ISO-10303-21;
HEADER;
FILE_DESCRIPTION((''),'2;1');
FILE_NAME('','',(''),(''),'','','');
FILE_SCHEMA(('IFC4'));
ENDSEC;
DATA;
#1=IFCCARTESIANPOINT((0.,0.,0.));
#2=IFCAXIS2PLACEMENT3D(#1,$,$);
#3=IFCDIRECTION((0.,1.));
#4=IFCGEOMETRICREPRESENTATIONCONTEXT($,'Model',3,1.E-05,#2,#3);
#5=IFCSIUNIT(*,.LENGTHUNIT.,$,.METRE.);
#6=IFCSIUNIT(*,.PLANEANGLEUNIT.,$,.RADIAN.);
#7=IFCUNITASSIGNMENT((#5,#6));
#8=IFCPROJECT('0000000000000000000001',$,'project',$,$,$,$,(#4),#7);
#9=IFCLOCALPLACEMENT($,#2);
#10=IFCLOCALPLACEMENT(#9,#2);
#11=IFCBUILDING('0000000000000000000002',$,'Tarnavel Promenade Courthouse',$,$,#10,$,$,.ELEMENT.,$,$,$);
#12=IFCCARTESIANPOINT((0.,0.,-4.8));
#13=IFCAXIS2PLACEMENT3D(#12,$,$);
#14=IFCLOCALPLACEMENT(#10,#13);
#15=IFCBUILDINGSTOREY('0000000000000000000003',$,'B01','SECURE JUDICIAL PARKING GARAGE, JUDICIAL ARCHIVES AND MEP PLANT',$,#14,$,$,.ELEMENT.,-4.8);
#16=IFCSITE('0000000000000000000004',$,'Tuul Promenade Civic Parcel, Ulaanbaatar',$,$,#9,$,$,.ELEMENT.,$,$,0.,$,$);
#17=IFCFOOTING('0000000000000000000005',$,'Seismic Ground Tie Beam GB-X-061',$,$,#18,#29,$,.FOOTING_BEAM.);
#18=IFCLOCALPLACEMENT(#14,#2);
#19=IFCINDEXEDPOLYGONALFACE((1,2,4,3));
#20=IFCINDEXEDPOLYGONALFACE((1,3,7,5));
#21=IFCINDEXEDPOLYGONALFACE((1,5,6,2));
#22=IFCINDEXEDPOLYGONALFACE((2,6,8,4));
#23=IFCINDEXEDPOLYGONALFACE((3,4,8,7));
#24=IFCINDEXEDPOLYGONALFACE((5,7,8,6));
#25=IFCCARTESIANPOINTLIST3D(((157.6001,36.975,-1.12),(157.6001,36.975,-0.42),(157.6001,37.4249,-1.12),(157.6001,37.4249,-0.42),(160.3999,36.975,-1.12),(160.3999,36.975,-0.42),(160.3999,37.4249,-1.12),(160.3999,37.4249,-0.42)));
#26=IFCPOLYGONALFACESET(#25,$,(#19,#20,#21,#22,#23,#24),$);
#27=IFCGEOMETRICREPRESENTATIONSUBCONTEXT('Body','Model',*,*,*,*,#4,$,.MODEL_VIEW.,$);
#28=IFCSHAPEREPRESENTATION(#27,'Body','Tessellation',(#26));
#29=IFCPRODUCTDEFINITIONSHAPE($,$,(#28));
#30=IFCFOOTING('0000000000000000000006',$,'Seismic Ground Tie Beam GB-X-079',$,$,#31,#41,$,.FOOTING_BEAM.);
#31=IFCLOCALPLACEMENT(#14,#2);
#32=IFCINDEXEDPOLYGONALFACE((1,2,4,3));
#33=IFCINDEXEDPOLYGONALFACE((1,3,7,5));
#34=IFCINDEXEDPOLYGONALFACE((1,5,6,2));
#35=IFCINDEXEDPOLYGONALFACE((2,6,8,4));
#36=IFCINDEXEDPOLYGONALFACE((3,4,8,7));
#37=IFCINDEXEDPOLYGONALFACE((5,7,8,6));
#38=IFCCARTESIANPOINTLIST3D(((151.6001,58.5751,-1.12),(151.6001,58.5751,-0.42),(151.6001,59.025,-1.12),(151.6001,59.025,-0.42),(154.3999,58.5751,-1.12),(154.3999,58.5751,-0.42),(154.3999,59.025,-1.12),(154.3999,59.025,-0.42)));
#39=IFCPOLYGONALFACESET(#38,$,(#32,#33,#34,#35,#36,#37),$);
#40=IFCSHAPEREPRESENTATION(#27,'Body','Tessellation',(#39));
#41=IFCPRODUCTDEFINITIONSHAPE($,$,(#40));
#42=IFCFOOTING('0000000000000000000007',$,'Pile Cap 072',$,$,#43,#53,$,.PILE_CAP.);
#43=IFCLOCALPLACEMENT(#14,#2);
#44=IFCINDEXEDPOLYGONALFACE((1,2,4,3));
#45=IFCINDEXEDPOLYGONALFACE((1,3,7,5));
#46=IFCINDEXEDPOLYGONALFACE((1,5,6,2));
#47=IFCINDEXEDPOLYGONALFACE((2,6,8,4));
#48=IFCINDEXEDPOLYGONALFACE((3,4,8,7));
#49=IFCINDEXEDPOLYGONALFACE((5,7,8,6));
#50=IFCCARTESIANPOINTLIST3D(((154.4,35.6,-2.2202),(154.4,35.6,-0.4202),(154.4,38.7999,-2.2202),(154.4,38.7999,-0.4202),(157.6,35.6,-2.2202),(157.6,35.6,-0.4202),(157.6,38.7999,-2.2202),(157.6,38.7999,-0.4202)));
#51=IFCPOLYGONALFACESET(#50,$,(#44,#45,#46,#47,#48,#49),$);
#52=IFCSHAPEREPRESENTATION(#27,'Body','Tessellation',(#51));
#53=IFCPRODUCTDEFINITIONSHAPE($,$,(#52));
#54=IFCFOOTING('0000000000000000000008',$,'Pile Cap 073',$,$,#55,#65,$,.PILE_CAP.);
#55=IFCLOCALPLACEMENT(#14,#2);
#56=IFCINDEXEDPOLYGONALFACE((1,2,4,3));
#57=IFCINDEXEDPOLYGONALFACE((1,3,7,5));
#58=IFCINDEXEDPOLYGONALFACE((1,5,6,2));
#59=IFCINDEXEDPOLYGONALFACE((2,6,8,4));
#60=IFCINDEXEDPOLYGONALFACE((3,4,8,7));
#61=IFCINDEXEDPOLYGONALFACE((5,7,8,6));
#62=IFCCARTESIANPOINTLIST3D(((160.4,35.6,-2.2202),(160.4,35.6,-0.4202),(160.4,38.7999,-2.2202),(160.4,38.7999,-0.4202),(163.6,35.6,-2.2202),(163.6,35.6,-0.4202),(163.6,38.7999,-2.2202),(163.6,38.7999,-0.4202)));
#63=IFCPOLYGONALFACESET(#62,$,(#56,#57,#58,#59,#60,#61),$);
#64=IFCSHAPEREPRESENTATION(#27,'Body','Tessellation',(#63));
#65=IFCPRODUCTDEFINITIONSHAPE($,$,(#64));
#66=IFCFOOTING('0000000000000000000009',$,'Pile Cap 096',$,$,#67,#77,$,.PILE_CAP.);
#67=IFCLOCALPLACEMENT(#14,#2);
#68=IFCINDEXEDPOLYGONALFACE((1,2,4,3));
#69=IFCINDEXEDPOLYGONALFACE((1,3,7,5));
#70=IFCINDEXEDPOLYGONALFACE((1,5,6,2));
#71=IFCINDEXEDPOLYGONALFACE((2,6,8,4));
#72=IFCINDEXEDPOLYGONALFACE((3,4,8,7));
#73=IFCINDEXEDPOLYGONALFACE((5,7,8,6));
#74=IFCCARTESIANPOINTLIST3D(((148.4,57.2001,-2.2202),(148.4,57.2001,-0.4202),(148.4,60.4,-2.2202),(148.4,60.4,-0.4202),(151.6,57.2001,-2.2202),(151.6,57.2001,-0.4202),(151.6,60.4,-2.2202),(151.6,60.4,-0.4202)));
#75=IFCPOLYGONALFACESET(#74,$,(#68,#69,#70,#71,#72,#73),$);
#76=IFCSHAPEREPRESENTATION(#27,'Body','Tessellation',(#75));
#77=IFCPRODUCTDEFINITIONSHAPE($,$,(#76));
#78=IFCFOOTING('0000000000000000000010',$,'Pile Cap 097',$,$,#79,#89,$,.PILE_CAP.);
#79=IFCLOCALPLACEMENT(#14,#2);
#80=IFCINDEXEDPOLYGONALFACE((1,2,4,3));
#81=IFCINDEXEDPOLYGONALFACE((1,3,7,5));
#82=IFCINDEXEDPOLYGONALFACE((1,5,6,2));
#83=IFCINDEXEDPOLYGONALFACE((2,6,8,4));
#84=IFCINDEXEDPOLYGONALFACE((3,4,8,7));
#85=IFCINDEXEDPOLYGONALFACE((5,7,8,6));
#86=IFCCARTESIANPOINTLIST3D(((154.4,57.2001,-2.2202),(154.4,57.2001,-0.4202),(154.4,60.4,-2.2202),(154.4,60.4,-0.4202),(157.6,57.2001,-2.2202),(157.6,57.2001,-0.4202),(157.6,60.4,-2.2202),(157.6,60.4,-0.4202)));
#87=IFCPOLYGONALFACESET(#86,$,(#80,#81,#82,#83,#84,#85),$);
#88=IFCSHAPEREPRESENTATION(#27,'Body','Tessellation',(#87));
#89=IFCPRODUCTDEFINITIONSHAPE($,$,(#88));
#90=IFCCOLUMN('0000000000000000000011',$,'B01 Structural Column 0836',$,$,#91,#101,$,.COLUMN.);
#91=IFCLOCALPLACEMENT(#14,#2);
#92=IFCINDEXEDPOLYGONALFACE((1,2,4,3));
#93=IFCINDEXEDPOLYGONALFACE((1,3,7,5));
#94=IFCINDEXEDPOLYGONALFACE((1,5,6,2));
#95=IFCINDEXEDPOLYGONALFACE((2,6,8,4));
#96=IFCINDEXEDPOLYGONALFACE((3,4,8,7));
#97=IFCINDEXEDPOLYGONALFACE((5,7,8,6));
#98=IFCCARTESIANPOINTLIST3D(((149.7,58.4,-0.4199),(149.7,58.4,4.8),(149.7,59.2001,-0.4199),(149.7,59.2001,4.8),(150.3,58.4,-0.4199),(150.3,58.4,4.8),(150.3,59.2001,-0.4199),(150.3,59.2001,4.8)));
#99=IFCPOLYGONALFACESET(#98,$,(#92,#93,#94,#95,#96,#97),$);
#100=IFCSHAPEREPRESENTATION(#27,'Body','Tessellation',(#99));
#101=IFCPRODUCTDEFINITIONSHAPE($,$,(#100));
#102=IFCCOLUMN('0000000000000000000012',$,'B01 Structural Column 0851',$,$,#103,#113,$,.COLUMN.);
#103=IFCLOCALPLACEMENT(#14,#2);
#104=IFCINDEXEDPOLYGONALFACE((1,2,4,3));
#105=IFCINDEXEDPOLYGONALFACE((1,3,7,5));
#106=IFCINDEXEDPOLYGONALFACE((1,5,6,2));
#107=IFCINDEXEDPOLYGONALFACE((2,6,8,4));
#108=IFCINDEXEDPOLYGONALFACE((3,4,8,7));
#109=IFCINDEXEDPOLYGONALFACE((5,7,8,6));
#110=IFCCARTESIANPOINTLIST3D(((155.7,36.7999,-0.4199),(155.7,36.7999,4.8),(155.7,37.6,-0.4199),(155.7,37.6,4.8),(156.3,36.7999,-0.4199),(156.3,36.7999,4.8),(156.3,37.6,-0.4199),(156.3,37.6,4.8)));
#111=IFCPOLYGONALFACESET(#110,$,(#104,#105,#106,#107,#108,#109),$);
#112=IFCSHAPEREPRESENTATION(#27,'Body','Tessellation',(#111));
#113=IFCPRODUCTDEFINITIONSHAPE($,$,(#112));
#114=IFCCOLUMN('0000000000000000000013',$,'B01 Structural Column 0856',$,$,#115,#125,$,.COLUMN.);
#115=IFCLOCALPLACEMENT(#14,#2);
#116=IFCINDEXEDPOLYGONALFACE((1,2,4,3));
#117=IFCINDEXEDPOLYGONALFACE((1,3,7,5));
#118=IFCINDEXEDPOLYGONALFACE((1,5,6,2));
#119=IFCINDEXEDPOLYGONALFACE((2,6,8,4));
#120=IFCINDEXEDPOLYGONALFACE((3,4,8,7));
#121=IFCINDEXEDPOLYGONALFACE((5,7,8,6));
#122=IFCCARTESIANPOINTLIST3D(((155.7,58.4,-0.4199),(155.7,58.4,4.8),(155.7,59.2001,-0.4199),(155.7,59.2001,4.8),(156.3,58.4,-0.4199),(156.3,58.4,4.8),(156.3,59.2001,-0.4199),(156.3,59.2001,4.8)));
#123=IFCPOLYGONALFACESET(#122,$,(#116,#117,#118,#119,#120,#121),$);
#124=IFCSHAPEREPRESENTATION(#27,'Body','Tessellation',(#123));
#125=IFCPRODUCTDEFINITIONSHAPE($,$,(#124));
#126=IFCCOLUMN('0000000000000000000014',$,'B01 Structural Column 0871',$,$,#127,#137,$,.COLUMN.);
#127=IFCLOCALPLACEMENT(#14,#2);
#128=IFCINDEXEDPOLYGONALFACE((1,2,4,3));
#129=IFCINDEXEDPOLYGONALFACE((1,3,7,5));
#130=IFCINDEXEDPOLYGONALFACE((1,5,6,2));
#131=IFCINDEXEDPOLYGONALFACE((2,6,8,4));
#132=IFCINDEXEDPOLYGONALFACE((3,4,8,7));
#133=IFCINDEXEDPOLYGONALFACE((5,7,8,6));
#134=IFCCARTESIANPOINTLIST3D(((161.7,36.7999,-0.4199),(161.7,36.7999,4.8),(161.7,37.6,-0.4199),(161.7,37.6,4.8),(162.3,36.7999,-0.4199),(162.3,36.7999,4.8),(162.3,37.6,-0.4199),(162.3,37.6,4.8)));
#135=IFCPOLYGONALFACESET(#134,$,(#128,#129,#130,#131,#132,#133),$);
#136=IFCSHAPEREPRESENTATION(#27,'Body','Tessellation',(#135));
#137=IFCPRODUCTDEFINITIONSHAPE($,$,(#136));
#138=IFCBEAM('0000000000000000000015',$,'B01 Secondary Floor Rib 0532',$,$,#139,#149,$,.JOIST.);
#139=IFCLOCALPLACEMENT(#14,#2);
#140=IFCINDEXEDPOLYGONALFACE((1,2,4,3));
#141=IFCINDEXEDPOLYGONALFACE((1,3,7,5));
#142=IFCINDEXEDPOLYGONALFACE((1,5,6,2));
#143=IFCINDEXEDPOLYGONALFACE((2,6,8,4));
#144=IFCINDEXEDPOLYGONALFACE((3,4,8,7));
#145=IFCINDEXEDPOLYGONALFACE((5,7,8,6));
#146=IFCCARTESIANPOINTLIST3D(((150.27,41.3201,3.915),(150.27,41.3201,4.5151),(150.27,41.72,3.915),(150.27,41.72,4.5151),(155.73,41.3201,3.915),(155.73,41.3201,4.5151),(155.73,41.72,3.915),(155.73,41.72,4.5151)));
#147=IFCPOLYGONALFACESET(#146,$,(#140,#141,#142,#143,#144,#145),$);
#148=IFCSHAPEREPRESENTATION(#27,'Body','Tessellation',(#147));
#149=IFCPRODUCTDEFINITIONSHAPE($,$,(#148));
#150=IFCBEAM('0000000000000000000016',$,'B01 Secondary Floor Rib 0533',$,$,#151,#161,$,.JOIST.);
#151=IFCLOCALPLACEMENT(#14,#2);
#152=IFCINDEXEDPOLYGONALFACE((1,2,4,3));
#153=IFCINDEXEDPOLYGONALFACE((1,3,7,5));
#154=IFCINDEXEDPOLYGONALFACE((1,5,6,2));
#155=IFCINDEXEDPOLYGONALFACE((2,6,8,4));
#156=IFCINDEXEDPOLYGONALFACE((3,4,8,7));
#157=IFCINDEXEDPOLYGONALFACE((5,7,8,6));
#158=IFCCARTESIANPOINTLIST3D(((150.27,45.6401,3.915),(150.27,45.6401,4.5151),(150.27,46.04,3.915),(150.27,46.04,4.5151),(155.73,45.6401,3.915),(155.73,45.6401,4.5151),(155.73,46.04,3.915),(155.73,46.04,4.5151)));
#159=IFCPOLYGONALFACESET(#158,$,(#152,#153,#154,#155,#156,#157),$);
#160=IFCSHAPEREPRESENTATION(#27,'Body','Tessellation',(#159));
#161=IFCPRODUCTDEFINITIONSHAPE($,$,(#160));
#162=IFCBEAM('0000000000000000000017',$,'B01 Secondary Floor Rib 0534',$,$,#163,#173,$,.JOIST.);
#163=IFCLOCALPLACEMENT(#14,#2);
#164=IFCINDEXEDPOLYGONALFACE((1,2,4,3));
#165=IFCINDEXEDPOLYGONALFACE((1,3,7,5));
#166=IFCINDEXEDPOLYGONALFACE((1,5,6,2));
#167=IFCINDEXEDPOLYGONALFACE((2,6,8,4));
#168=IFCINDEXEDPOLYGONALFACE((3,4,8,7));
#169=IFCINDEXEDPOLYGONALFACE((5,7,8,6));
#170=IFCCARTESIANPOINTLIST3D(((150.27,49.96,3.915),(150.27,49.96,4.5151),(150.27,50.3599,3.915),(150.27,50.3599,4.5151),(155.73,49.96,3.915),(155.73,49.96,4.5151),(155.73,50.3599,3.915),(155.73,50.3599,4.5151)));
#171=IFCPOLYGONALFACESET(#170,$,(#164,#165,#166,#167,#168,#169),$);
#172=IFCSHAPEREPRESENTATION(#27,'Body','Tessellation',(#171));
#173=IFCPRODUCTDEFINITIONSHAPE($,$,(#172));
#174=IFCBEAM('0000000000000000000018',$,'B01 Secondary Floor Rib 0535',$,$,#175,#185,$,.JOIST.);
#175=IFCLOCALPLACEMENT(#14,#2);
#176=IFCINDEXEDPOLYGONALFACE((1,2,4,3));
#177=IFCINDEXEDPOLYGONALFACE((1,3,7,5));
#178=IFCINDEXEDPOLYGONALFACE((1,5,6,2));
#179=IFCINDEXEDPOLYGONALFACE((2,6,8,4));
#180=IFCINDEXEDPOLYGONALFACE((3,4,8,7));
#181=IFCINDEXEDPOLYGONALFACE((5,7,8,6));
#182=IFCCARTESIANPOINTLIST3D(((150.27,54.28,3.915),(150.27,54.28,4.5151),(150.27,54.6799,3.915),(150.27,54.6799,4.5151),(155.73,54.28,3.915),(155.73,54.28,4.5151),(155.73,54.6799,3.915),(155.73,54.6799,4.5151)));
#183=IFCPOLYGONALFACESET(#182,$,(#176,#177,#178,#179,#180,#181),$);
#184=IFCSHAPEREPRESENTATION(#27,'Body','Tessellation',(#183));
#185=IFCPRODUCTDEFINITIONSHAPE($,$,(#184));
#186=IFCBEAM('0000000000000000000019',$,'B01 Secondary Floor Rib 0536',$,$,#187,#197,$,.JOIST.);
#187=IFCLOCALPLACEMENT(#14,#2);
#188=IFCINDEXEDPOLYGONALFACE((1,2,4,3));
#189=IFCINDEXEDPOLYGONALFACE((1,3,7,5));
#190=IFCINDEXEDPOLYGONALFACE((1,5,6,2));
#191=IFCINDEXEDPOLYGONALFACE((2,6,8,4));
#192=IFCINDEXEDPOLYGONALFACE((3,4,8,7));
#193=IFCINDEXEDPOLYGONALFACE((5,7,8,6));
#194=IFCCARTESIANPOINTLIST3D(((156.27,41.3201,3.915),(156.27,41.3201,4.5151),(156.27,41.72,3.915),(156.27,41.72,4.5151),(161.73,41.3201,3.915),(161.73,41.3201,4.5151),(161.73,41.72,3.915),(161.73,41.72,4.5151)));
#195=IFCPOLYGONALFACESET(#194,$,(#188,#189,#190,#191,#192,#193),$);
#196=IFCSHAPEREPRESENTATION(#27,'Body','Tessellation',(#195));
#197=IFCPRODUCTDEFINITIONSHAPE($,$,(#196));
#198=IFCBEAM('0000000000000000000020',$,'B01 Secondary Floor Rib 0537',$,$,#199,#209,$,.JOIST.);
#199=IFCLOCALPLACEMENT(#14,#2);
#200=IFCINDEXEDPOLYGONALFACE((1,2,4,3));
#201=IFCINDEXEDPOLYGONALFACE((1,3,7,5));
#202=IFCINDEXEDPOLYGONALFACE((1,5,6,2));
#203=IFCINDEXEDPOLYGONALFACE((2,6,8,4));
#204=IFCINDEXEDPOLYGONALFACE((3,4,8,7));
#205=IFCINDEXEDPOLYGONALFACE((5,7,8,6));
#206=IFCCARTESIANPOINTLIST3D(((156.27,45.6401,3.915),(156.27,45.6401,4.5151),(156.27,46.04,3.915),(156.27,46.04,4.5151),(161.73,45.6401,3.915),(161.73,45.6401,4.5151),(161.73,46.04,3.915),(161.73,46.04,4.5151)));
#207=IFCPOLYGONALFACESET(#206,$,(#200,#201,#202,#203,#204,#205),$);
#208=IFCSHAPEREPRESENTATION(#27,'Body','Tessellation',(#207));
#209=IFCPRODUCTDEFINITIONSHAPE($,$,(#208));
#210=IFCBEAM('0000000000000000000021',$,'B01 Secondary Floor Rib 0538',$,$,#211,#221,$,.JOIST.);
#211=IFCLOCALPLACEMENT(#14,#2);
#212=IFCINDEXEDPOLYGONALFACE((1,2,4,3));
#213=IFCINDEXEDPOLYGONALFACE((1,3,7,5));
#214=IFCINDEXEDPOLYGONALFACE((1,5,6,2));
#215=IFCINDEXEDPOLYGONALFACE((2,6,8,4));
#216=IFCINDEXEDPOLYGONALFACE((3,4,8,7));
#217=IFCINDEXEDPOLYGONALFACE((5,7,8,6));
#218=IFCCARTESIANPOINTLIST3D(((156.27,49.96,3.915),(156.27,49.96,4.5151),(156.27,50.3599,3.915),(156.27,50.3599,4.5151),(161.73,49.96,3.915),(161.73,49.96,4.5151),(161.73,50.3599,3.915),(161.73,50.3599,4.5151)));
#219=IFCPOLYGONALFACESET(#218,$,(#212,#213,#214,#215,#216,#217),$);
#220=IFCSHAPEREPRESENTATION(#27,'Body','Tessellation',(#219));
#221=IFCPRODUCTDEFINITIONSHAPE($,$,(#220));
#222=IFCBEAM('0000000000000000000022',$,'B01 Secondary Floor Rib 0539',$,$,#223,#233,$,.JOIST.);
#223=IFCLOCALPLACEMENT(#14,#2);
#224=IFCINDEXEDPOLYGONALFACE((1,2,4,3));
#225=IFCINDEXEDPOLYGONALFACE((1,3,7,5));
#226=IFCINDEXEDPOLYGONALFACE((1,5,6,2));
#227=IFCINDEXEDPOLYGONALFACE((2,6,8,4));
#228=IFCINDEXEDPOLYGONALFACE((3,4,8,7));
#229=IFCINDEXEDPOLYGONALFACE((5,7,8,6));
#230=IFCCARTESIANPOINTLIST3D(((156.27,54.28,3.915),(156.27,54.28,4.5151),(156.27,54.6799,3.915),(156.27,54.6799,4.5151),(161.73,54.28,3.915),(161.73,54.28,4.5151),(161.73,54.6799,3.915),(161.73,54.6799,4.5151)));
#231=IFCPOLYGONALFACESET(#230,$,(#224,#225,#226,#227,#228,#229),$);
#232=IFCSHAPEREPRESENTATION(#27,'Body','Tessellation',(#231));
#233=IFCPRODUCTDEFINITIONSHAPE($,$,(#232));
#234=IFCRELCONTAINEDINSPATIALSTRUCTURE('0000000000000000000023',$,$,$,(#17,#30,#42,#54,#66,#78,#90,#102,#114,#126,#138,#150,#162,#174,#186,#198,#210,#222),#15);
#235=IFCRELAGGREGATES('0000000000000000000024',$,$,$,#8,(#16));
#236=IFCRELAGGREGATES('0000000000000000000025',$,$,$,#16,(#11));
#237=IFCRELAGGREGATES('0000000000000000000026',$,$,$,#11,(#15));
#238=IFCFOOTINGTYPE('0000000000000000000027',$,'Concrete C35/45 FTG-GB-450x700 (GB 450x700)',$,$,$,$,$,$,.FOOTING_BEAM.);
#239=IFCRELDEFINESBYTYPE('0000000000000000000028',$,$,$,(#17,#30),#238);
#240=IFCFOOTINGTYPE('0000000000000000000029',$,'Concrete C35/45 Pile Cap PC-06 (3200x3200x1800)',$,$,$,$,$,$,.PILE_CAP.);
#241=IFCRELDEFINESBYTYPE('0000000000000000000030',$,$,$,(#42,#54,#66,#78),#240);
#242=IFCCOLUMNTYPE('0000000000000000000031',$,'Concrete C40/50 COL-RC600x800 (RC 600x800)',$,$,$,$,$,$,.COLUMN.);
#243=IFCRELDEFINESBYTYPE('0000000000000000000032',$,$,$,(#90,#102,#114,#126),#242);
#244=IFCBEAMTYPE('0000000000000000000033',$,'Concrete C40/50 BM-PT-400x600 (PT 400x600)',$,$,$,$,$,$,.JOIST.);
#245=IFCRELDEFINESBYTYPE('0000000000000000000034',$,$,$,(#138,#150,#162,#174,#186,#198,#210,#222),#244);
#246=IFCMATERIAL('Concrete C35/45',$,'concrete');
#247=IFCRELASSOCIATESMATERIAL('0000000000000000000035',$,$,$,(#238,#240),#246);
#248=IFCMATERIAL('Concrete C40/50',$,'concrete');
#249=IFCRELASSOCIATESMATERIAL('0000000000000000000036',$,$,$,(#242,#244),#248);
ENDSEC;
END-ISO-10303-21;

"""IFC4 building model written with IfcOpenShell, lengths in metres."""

from ifc_helpers import new_model, si_unit, direction, frame, origin, origin_2d, place, context, subcontext, project, spatial, rectangle, extrude, material, material_profile, profile_set, type_object, element, save


model = new_model("IFC4")

# Units and contexts
model_context = context("Model", 3, precision=1e-05, world=origin(), true_north=direction((0.0, 1.0)))
body_context = subcontext(model_context, "Body", "Model", "MODEL_VIEW")
ifc_project = project(units=[si_unit("LENGTHUNIT", "METRE"), si_unit("PLANEANGLEUNIT", "RADIAN")], contexts=[model_context])

# Site, building, storey
site_placement = place(None, origin())
site = spatial("IfcSite", under=ifc_project, at=site_placement, Name="Tuul Promenade Civic Parcel, Ulaanbaatar", CompositionType="ELEMENT", RefElevation=0.0)
building_placement = place(site_placement, origin())
building = spatial("IfcBuilding", under=site, at=building_placement, Name="Tarnavel Promenade Courthouse", CompositionType="ELEMENT")
storey_placement = place(building_placement, frame((0.0, 0.0, -4.8)))
storey = spatial("IfcBuildingStorey", under=building, at=storey_placement, Name="B01", Description="SECURE JUDICIAL PARKING GARAGE, JUDICIAL ARCHIVES AND MEP PLANT", CompositionType="ELEMENT", Elevation=-4.8)

# Footings
ifc_material_1 = material(Name="Concrete C35/45", Category="concrete")
ifc_material_profile_1 = material_profile(ifc_material_1, rectangle(XDim=0.45, YDim=0.7, at=origin_2d()), Name="GB 450x700")
ifc_profile_set_1 = profile_set([ifc_material_profile_1], Name="Concrete C35/45")
footing_type_1 = type_object("IfcFootingType", Name="Concrete C35/45 FTG-GB-450x700 (GB 450x700)", PredefinedType="FOOTING_BEAM", material=ifc_profile_set_1)
for number, where, z_axis, x_axis, name in (
    (1, (157.6001, 37.2, -0.77), (1.0, 0.0, 0.0), (0.0, 1.0, 0.0), "Seismic Ground Tie Beam GB-X-061"),
    (2, (151.6001, 58.8, -0.77), (1.0, 0.0, 0.0), (0.0, 1.0, 0.0), "Seismic Ground Tie Beam GB-X-079"),
):
    element("IfcFooting", number, at=place(storey_placement, frame(where, z_axis=z_axis, x_axis=x_axis)), inside=storey, type_object=footing_type_1, Name=name, PredefinedType="FOOTING_BEAM", context=body_context, shape_type="SweptSolid", body=[
        extrude(rectangle(XDim=0.45, YDim=0.7, at=origin_2d()), origin(), (0.0, 0.0, 1.0), 2.7998),
    ])
footing_type_2 = type_object("IfcFootingType", Name="Concrete C35/45 Pile Cap PC-06 (3200x3200x1800)", PredefinedType="PILE_CAP", material=ifc_material_1)
for number, where, z_axis, x_axis, name in (
    (3, (156.0, 37.2, -2.2202), (0.0, 0.0, 1.0), (1.0, 0.0, 0.0), "Pile Cap 072"),
    (4, (162.0, 37.2, -2.2202), (0.0, 0.0, 1.0), (1.0, 0.0, 0.0), "Pile Cap 073"),
    (5, (150.0, 58.8, -2.2202), (0.0, 0.0, 1.0), (1.0, 0.0, 0.0), "Pile Cap 096"),
    (6, (156.0, 58.8, -2.2202), (0.0, 0.0, 1.0), (1.0, 0.0, 0.0), "Pile Cap 097"),
):
    element("IfcFooting", number, at=place(storey_placement, frame(where, z_axis=z_axis, x_axis=x_axis)), inside=storey, type_object=footing_type_2, Name=name, PredefinedType="PILE_CAP", context=body_context, shape_type="SweptSolid", body=[
        extrude(rectangle(XDim=3.2, YDim=3.2, at=origin_2d()), origin(), (0.0, 0.0, 1.0), 1.8),
    ])

# Columns
ifc_material_2 = material(Name="Concrete C40/50", Category="concrete")
ifc_material_profile_2 = material_profile(ifc_material_2, rectangle(XDim=0.6001, YDim=0.8, at=origin_2d()), Name="RC 600x800")
ifc_profile_set_2 = profile_set([ifc_material_profile_2], Name="Concrete C40/50")
column_type = type_object("IfcColumnType", Name="Concrete C40/50 COL-RC600x800 (RC 600x800)", PredefinedType="COLUMN", material=ifc_profile_set_2)
for number, where, z_axis, x_axis, name in (
    (7, (150.0, 58.8, -0.4199), (0.0, 0.0, 1.0), (1.0, 0.0, 0.0), "B01 Structural Column 0836"),
    (8, (156.0, 37.2, -0.4199), (0.0, 0.0, 1.0), (1.0, 0.0, 0.0), "B01 Structural Column 0851"),
    (9, (156.0, 58.8, -0.4199), (0.0, 0.0, 1.0), (1.0, 0.0, 0.0), "B01 Structural Column 0856"),
    (10, (162.0, 37.2, -0.4199), (0.0, 0.0, 1.0), (1.0, 0.0, 0.0), "B01 Structural Column 0871"),
):
    element("IfcColumn", number, at=place(storey_placement, frame(where, z_axis=z_axis, x_axis=x_axis)), inside=storey, type_object=column_type, Name=name, PredefinedType="COLUMN", context=body_context, shape_type="SweptSolid", body=[
        extrude(rectangle(XDim=0.6001, YDim=0.8, at=origin_2d()), origin(), (0.0, 0.0, 1.0), 5.22),
    ])

# Beams
ifc_material_profile_3 = material_profile(ifc_material_2, rectangle(XDim=0.3999, YDim=0.6001, at=origin_2d()), Name="PT 400x600")
ifc_profile_set_3 = profile_set([ifc_material_profile_3], Name="Concrete C40/50")
beam_type_1 = type_object("IfcBeamType", Name="Concrete C40/50 BM-PT-400x600 (PT 400x600)", PredefinedType="JOIST", material=ifc_profile_set_3)
for number, where, z_axis, x_axis, name in (
    (11, (150.27, 41.52, 4.2151), (1.0, 0.0, 0.0), (0.0, 1.0, 0.0), "B01 Secondary Floor Rib 0532"),
    (12, (150.27, 45.8401, 4.2151), (1.0, 0.0, 0.0), (0.0, 1.0, 0.0), "B01 Secondary Floor Rib 0533"),
    (13, (150.27, 50.1599, 4.2151), (1.0, 0.0, 0.0), (0.0, 1.0, 0.0), "B01 Secondary Floor Rib 0534"),
    (14, (150.27, 54.48, 4.2151), (1.0, 0.0, 0.0), (0.0, 1.0, 0.0), "B01 Secondary Floor Rib 0535"),
    (15, (156.27, 41.52, 4.2151), (1.0, 0.0, 0.0), (0.0, 1.0, 0.0), "B01 Secondary Floor Rib 0536"),
    (16, (156.27, 45.8401, 4.2151), (1.0, 0.0, 0.0), (0.0, 1.0, 0.0), "B01 Secondary Floor Rib 0537"),
    (17, (156.27, 50.1599, 4.2151), (1.0, 0.0, 0.0), (0.0, 1.0, 0.0), "B01 Secondary Floor Rib 0538"),
    (18, (156.27, 54.48, 4.2151), (1.0, 0.0, 0.0), (0.0, 1.0, 0.0), "B01 Secondary Floor Rib 0539"),
):
    element("IfcBeam", number, at=place(storey_placement, frame(where, z_axis=z_axis, x_axis=x_axis)), inside=storey, type_object=beam_type_1, Name=name, PredefinedType="JOIST", context=body_context, shape_type="SweptSolid", body=[
        extrude(rectangle(XDim=0.3999, YDim=0.6001, at=origin_2d()), origin(), (0.0, 0.0, 1.0), 5.46),
    ])

save(model, "model.ifc")
